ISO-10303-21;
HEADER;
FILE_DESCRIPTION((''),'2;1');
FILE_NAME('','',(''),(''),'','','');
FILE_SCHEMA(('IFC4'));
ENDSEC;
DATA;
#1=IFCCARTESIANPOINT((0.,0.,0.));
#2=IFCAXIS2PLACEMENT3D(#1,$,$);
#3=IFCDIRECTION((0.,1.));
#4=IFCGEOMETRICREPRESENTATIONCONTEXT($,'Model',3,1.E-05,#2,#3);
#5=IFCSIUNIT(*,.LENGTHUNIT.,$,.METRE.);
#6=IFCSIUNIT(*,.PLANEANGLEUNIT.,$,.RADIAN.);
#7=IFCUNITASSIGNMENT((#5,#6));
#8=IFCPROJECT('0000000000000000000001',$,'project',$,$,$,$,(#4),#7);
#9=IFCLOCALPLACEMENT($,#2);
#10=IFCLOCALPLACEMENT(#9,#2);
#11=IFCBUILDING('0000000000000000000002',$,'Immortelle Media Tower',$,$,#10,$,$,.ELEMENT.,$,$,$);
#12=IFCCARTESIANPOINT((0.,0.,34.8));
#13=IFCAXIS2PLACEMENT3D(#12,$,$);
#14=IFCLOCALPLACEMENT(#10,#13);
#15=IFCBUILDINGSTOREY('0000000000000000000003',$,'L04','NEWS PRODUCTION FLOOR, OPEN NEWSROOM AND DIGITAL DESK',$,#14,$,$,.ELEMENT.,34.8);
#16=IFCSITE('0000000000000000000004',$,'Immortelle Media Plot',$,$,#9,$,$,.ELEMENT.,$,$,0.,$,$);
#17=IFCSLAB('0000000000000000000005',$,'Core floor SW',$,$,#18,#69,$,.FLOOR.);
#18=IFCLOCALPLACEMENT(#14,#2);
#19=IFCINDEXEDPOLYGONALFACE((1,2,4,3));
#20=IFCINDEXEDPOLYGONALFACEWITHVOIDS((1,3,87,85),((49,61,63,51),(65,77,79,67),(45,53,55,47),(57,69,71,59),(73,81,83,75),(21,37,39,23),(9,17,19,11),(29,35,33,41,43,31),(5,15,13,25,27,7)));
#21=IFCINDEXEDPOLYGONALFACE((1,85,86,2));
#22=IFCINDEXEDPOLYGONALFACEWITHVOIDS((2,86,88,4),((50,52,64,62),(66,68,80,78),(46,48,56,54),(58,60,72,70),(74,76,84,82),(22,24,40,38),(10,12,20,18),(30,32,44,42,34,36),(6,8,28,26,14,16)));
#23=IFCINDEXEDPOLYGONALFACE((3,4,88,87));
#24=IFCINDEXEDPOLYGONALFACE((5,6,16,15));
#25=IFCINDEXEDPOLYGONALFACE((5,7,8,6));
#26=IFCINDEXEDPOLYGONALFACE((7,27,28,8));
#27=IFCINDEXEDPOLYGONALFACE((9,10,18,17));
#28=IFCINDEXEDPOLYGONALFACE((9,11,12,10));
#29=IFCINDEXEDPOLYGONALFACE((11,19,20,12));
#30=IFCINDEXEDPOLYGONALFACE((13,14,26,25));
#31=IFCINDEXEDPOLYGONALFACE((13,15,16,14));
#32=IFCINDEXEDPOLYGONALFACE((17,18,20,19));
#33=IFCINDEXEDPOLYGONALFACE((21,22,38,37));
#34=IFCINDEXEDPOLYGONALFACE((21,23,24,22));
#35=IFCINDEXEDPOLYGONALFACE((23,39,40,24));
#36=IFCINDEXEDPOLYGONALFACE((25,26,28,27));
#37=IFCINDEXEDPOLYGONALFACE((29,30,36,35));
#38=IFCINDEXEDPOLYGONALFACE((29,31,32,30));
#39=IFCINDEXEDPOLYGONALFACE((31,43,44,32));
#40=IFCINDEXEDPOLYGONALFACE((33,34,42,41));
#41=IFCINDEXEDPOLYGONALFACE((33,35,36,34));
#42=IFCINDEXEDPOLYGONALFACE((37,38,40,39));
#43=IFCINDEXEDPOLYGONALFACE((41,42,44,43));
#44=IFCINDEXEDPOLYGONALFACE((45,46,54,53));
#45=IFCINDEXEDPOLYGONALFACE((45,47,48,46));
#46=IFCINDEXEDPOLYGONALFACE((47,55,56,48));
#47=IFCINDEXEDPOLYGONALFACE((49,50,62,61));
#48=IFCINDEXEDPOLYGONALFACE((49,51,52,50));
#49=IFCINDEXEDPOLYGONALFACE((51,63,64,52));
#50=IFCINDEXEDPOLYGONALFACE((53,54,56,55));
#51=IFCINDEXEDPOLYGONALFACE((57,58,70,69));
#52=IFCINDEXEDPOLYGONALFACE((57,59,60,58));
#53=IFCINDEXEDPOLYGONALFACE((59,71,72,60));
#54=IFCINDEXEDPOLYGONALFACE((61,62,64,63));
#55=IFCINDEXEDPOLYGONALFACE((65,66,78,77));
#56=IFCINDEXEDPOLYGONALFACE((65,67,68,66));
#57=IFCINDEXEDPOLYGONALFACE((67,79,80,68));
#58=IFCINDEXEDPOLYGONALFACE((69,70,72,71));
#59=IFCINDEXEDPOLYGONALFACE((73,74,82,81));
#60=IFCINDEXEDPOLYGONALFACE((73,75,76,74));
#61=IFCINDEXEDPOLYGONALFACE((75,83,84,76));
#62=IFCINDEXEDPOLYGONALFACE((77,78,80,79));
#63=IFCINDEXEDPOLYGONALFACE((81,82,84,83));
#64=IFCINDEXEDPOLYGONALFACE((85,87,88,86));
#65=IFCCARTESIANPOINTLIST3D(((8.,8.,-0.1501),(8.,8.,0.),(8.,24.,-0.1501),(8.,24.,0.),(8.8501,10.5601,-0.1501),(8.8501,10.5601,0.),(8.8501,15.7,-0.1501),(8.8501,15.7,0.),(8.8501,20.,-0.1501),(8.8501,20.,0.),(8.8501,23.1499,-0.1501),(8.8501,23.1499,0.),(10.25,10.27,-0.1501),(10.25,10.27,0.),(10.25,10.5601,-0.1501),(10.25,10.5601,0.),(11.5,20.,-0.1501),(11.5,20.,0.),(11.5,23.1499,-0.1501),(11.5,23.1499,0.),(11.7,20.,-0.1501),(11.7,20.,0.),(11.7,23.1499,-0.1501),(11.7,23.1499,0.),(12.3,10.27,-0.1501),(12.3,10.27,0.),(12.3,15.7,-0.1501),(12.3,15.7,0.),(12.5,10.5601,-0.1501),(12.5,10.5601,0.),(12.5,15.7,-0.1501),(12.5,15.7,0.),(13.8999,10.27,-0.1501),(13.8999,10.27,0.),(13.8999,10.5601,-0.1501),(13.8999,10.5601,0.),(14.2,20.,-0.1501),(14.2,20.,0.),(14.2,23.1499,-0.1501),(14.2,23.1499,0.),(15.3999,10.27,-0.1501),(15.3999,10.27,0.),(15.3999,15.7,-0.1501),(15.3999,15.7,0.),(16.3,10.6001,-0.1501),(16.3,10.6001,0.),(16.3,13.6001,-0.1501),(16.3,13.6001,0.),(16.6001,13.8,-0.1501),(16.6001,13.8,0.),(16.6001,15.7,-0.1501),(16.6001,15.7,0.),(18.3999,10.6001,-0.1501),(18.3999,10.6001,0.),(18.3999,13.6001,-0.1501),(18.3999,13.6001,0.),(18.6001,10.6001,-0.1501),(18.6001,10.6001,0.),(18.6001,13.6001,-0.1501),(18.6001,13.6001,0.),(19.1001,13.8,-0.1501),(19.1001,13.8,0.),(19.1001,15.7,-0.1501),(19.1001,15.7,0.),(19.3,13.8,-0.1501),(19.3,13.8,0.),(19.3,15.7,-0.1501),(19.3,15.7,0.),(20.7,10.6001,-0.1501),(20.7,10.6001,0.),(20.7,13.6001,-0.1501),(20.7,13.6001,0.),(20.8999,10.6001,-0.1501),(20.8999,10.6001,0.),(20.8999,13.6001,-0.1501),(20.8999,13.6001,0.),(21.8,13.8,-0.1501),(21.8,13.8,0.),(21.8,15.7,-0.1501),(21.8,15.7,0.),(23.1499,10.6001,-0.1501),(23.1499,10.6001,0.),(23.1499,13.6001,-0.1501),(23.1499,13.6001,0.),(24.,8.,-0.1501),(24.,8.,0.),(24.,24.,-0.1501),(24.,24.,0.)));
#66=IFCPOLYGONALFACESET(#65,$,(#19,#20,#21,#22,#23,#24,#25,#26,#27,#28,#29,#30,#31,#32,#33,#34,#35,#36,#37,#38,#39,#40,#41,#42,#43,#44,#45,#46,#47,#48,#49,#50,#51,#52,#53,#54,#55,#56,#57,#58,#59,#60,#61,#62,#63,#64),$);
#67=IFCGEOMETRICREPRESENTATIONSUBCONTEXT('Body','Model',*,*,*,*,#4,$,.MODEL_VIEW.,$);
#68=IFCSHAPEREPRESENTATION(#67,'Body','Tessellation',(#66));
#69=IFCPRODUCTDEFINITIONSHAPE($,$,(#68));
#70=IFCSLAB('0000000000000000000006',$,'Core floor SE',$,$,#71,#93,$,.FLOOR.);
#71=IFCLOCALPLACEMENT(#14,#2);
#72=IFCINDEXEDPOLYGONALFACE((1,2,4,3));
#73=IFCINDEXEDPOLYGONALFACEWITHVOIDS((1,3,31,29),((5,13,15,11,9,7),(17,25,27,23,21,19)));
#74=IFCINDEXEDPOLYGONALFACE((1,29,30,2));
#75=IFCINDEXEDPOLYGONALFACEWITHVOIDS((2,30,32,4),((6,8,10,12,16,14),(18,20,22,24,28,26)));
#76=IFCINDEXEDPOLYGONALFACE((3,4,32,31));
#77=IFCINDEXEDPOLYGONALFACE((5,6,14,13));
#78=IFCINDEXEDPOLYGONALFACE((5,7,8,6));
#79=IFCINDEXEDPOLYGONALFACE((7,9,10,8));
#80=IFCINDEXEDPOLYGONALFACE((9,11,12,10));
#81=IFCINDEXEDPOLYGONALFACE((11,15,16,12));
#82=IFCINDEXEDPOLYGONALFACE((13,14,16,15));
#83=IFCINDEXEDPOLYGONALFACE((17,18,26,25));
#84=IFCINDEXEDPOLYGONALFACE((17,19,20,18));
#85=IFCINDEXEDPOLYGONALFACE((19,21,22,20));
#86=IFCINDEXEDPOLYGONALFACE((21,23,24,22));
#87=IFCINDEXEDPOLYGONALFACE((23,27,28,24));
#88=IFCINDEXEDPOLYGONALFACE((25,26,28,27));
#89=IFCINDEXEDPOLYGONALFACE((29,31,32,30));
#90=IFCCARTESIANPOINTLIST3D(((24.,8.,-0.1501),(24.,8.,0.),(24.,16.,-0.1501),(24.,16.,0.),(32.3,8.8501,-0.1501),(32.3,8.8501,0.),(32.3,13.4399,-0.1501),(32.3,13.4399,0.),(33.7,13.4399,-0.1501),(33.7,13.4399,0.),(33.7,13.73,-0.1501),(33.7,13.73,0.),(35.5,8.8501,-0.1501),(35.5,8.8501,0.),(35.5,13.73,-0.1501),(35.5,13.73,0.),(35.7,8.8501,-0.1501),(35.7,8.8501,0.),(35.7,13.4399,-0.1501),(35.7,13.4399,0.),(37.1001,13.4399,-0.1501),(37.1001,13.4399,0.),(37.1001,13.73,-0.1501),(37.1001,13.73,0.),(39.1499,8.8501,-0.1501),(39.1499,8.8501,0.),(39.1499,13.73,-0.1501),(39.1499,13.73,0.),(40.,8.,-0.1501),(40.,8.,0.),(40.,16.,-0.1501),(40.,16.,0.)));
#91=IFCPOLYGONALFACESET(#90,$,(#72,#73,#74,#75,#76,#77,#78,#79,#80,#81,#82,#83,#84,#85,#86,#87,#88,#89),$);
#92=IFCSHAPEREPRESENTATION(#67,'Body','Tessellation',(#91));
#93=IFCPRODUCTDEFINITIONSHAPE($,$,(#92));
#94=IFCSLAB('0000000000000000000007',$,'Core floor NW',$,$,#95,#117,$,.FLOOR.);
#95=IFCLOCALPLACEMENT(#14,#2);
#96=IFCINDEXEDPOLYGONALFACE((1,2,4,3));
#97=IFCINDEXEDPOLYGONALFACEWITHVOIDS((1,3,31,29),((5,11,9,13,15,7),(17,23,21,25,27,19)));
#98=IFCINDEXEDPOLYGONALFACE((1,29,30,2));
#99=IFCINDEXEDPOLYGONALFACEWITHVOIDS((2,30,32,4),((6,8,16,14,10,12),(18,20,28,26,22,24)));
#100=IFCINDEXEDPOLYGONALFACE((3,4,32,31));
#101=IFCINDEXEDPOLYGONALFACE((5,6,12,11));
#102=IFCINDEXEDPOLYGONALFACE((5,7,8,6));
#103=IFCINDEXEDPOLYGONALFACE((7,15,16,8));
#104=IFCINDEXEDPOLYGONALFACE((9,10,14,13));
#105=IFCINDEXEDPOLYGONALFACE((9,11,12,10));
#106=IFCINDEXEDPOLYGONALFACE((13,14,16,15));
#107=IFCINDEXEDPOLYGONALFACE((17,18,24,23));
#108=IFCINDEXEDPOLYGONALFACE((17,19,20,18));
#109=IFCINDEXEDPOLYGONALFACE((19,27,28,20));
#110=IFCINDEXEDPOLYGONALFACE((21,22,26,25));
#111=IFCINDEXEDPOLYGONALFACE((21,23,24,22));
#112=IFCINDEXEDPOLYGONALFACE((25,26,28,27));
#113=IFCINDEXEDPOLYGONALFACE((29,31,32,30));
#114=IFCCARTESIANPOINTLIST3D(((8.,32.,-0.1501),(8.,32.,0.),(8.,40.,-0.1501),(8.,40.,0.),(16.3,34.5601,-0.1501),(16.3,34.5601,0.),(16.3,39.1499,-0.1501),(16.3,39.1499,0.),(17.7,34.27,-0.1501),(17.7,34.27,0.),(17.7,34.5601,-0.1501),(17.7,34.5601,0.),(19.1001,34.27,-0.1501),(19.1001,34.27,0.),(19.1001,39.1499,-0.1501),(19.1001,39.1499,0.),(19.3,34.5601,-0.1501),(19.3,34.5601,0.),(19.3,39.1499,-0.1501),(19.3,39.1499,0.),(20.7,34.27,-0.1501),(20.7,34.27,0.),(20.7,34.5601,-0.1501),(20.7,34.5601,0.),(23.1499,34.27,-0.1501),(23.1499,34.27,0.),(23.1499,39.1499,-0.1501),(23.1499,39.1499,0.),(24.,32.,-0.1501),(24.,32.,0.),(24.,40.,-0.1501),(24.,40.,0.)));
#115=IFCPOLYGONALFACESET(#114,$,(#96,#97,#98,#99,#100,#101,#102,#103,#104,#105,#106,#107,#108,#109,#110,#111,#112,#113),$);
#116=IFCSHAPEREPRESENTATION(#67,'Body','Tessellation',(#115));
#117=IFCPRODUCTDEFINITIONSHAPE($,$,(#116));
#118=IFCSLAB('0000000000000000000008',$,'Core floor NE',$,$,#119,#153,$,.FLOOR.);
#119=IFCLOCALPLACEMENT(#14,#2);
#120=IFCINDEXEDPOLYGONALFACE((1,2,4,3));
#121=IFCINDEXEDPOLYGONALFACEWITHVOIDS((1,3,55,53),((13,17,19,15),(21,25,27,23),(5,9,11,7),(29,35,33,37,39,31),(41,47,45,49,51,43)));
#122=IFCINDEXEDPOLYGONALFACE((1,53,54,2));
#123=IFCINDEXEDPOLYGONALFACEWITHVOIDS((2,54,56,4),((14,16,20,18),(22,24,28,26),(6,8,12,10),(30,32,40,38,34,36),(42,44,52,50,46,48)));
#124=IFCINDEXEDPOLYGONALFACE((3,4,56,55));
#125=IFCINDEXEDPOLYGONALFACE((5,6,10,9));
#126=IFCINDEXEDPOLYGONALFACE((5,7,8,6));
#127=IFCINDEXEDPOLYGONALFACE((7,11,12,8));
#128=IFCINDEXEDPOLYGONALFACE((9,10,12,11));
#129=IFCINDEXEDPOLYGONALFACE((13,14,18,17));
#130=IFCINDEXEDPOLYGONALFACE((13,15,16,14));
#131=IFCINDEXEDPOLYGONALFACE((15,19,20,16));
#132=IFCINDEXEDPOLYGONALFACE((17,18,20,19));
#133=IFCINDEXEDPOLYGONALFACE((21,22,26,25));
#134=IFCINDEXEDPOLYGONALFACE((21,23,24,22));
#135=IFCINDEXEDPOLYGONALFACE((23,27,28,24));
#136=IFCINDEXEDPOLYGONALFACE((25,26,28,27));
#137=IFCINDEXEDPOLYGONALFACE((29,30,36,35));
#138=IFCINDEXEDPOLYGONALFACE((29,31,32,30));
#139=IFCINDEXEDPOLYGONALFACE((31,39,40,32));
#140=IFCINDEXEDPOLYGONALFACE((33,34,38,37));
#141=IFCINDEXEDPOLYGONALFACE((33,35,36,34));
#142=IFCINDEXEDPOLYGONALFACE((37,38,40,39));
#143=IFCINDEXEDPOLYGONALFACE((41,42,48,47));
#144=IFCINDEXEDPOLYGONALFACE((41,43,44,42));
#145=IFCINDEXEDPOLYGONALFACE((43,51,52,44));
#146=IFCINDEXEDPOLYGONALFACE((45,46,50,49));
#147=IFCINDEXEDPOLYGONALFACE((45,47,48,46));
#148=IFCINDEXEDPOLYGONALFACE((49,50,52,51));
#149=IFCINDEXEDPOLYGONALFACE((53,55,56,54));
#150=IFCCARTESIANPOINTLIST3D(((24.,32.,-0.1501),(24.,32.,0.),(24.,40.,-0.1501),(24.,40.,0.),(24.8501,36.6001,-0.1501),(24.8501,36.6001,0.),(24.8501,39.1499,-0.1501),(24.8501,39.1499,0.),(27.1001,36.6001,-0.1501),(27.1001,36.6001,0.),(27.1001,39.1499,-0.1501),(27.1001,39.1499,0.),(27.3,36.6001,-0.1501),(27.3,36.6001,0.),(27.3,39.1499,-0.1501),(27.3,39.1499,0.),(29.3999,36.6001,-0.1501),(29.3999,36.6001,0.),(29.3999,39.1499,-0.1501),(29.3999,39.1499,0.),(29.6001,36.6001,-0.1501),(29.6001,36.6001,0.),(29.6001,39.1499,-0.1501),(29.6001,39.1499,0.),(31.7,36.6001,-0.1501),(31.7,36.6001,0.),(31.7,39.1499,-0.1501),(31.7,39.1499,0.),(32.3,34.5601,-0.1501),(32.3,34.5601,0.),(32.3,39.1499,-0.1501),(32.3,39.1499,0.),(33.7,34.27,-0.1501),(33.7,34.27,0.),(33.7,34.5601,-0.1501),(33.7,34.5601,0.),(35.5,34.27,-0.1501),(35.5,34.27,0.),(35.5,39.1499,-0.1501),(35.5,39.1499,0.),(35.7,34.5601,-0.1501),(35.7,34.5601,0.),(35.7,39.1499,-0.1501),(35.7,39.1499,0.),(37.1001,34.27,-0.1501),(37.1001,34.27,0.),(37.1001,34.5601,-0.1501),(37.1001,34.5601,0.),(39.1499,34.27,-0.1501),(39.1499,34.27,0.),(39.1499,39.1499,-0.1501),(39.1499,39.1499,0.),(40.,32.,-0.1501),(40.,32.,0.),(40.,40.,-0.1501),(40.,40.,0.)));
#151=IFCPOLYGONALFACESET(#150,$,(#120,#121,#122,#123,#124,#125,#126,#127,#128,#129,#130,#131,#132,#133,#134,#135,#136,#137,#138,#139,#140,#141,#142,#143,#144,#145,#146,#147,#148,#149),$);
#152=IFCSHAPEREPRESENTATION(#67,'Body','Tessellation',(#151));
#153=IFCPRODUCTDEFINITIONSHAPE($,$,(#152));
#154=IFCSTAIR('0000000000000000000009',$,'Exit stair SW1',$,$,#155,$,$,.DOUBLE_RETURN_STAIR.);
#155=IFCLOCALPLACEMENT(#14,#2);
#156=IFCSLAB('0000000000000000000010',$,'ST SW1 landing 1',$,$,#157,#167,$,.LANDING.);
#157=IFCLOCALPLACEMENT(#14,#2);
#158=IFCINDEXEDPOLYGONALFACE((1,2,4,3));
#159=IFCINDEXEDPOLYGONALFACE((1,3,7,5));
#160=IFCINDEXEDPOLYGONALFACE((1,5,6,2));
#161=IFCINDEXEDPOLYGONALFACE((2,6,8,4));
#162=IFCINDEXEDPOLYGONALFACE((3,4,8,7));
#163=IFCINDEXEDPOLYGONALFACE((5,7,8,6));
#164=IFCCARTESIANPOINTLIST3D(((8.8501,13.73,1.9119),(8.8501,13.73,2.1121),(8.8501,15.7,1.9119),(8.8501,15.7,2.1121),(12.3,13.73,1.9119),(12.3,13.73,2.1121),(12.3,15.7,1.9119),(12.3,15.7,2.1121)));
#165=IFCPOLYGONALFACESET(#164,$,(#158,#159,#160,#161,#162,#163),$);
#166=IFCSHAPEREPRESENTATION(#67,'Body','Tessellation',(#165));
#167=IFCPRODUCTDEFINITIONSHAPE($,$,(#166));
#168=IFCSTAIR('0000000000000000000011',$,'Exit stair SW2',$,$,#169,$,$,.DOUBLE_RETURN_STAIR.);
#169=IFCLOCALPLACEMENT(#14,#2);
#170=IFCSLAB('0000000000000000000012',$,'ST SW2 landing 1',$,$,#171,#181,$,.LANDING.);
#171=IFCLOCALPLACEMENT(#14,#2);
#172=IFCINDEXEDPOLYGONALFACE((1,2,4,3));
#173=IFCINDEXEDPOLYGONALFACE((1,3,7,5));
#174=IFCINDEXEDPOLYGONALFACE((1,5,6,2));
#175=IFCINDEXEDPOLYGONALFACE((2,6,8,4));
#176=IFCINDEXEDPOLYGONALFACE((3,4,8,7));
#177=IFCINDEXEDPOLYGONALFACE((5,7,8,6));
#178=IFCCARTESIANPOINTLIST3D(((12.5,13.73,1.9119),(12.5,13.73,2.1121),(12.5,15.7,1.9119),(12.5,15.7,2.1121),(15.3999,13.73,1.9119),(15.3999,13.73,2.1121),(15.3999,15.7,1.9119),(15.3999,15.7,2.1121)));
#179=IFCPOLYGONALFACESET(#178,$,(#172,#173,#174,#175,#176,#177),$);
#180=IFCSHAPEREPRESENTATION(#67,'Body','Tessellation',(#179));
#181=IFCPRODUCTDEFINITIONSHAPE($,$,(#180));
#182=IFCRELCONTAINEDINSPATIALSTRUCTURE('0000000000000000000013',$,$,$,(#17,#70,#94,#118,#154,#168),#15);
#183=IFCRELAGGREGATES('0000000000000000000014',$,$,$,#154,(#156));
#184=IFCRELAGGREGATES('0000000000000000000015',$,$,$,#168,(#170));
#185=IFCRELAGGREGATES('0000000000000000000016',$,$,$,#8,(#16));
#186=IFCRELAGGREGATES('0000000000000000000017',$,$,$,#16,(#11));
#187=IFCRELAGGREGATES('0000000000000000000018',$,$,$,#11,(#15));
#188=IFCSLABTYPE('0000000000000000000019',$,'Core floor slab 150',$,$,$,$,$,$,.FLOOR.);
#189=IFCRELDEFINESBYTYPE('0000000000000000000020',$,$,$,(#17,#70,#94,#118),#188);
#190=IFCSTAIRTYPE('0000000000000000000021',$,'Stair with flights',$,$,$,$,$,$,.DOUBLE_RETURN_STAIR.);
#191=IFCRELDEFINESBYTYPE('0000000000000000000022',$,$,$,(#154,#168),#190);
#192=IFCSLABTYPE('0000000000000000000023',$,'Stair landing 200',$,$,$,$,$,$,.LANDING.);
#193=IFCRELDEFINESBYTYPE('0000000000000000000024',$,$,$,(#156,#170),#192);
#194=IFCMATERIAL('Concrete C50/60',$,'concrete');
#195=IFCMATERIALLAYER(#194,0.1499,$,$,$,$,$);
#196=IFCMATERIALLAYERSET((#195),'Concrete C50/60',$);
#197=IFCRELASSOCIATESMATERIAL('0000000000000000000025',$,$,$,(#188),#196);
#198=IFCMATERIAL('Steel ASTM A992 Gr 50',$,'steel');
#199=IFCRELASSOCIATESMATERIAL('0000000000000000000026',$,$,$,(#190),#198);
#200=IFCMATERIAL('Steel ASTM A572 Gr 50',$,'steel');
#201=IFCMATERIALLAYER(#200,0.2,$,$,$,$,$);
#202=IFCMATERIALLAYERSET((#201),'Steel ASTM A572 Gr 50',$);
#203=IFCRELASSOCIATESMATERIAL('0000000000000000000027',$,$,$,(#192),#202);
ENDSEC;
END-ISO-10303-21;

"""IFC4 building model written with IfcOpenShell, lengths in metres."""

from ifc_helpers import new_model, si_unit, direction, frame, origin, place, context, subcontext, project, spatial, polyline, outline, extrude, material, layer, layer_set, type_object, element, aggregate, save


model = new_model("IFC4")

# Units and contexts
model_context = context("Model", 3, precision=1e-05, world=origin(), true_north=direction((0.0, 1.0)))
body_context = subcontext(model_context, "Body", "Model", "MODEL_VIEW")
ifc_project = project(units=[si_unit("LENGTHUNIT", "METRE"), si_unit("PLANEANGLEUNIT", "RADIAN")], contexts=[model_context])

# Site, building, storey
site_placement = place(None, origin())
site = spatial("IfcSite", under=ifc_project, at=site_placement, Name="Immortelle Media Plot", CompositionType="ELEMENT", RefElevation=0.0)
building_placement = place(site_placement, origin())
building = spatial("IfcBuilding", under=site, at=building_placement, Name="Immortelle Media Tower", CompositionType="ELEMENT")
storey_placement = place(building_placement, frame((0.0, 0.0, 34.8)))
storey = spatial("IfcBuildingStorey", under=building, at=storey_placement, Name="L04", Description="NEWS PRODUCTION FLOOR, OPEN NEWSROOM AND DIGITAL DESK", CompositionType="ELEMENT", Elevation=34.8)

# Slabs
ifc_material_1 = material(Name="Concrete C50/60", Category="concrete")
ifc_layer_1 = layer(ifc_material_1, 0.1499)
ifc_layer_set_1 = layer_set([ifc_layer_1], Name="Concrete C50/60")
slab_type_1 = type_object("IfcSlabType", Name="Core floor slab 150", PredefinedType="FLOOR", material=ifc_layer_set_1)
slab_1_placement = place(storey_placement, frame((0.0, 0.0, -0.1501)))
element("IfcSlab", 1, at=slab_1_placement, inside=storey, type_object=slab_type_1, Name="Core floor SW", PredefinedType="FLOOR", context=body_context, shape_type="SweptSolid", body=[
    extrude(outline(polyline([(8.0, 8.0), (24.0, 8.0), (24.0, 24.0), (8.0, 24.0), (8.0, 8.0)]), holes=[polyline([(8.8501, 20.0), (11.5, 20.0), (11.5, 23.1499), (8.8501, 23.1499), (8.8501, 20.0)]), polyline([(11.7, 20.0), (14.2, 20.0), (14.2, 23.1499), (11.7, 23.1499), (11.7, 20.0)]), polyline([(16.6001, 13.8), (19.1001, 13.8), (19.1001, 15.7), (16.6001, 15.7), (16.6001, 13.8)]), polyline([(19.3, 13.8), (21.8, 13.8), (21.8, 15.7), (19.3, 15.7), (19.3, 13.8)]), polyline([(16.3, 10.6001), (18.3999, 10.6001), (18.3999, 13.6001), (16.3, 13.6001), (16.3, 10.6001)]), polyline([(18.6001, 10.6001), (20.7, 10.6001), (20.7, 13.6001), (18.6001, 13.6001), (18.6001, 10.6001)]), polyline([(20.8999, 10.6001), (23.1499, 10.6001), (23.1499, 13.6001), (20.8999, 13.6001), (20.8999, 10.6001)]), polyline([(8.8501, 15.7), (12.3, 15.7), (12.3, 10.27), (10.25, 10.27), (10.25, 10.5601), (8.8501, 10.5601), (8.8501, 15.7)]), polyline([(12.5, 15.7), (15.3999, 15.7), (15.3999, 10.27), (13.8999, 10.27), (13.8999, 10.5601), (12.5, 10.5601), (12.5, 15.7)])]), origin(), (0.0, 0.0, 1.0), 0.1501),
])
slab_2_placement = place(storey_placement, frame((0.0, 0.0, -0.1501)))
element("IfcSlab", 2, at=slab_2_placement, inside=storey, type_object=slab_type_1, Name="Core floor SE", PredefinedType="FLOOR", context=body_context, shape_type="SweptSolid", body=[
    extrude(outline(polyline([(24.0, 8.0), (40.0, 8.0), (40.0, 16.0), (24.0, 16.0), (24.0, 8.0)]), holes=[polyline([(35.5, 13.73), (35.5, 8.8501), (32.3, 8.8501), (32.3, 13.4399), (33.7, 13.4399), (33.7, 13.73), (35.5, 13.73)]), polyline([(39.1499, 13.73), (39.1499, 8.8501), (35.7, 8.8501), (35.7, 13.4399), (37.1001, 13.4399), (37.1001, 13.73), (39.1499, 13.73)])]), origin(), (0.0, 0.0, 1.0), 0.1501),
])
slab_3_placement = place(storey_placement, frame((0.0, 0.0, -0.1501)))
element("IfcSlab", 3, at=slab_3_placement, inside=storey, type_object=slab_type_1, Name="Core floor NW", PredefinedType="FLOOR", context=body_context, shape_type="SweptSolid", body=[
    extrude(outline(polyline([(8.0, 32.0), (24.0, 32.0), (24.0, 40.0), (8.0, 40.0), (8.0, 32.0)]), holes=[polyline([(16.3, 39.1499), (19.1001, 39.1499), (19.1001, 34.27), (17.7, 34.27), (17.7, 34.5601), (16.3, 34.5601), (16.3, 39.1499)]), polyline([(19.3, 39.1499), (23.1499, 39.1499), (23.1499, 34.27), (20.7, 34.27), (20.7, 34.5601), (19.3, 34.5601), (19.3, 39.1499)])]), origin(), (0.0, 0.0, 1.0), 0.1501),
])
slab_4_placement = place(storey_placement, frame((0.0, 0.0, -0.1501)))
element("IfcSlab", 4, at=slab_4_placement, inside=storey, type_object=slab_type_1, Name="Core floor NE", PredefinedType="FLOOR", context=body_context, shape_type="SweptSolid", body=[
    extrude(outline(polyline([(24.0, 32.0), (40.0, 32.0), (40.0, 40.0), (24.0, 40.0), (24.0, 32.0)]), holes=[polyline([(24.8501, 36.6001), (27.1001, 36.6001), (27.1001, 39.1499), (24.8501, 39.1499), (24.8501, 36.6001)]), polyline([(27.3, 36.6001), (29.3999, 36.6001), (29.3999, 39.1499), (27.3, 39.1499), (27.3, 36.6001)]), polyline([(29.6001, 36.6001), (31.7, 36.6001), (31.7, 39.1499), (29.6001, 39.1499), (29.6001, 36.6001)]), polyline([(32.3, 39.1499), (35.5, 39.1499), (35.5, 34.27), (33.7, 34.27), (33.7, 34.5601), (32.3, 34.5601), (32.3, 39.1499)]), polyline([(35.7, 39.1499), (39.1499, 39.1499), (39.1499, 34.27), (37.1001, 34.27), (37.1001, 34.5601), (35.7, 34.5601), (35.7, 39.1499)])]), origin(), (0.0, 0.0, 1.0), 0.1501),
])

# Stairs, slabs
ifc_material_2 = material(Name="Steel ASTM A992 Gr 50", Category="steel")
stair_type = type_object("IfcStairType", Name="Stair with flights", PredefinedType="DOUBLE_RETURN_STAIR", material=ifc_material_2)
stair_1_placement = place(storey_placement, origin())
stair_1 = element("IfcStair", 5, at=stair_1_placement, inside=storey, type_object=stair_type, Name="Exit stair SW1", PredefinedType="DOUBLE_RETURN_STAIR")
ifc_material_3 = material(Name="Steel ASTM A572 Gr 50", Category="steel")
ifc_layer_2 = layer(ifc_material_3, 0.2)
ifc_layer_set_2 = layer_set([ifc_layer_2], Name="Steel ASTM A572 Gr 50")
slab_type_2 = type_object("IfcSlabType", Name="Stair landing 200", PredefinedType="LANDING", material=ifc_layer_set_2)
slab_5_placement = place(storey_placement, frame((0.0, 0.0, 1.9119)))
slab_5 = element("IfcSlab", 6, at=slab_5_placement, type_object=slab_type_2, Name="ST SW1 landing 1", PredefinedType="LANDING", context=body_context, shape_type="SweptSolid", body=[
    extrude(outline(polyline([(8.8501, 13.73), (12.3, 13.73), (12.3, 15.7), (8.8501, 15.7), (8.8501, 13.73)])), origin(), (0.0, 0.0, 1.0), 0.2002),
])
aggregate(stair_1, [slab_5])
stair_2_placement = place(storey_placement, origin())
stair_2 = element("IfcStair", 7, at=stair_2_placement, inside=storey, type_object=stair_type, Name="Exit stair SW2", PredefinedType="DOUBLE_RETURN_STAIR")
slab_6_placement = place(storey_placement, frame((0.0, 0.0, 1.9119)))
slab_6 = element("IfcSlab", 8, at=slab_6_placement, type_object=slab_type_2, Name="ST SW2 landing 1", PredefinedType="LANDING", context=body_context, shape_type="SweptSolid", body=[
    extrude(outline(polyline([(12.5, 13.73), (15.3999, 13.73), (15.3999, 15.7), (12.5, 15.7), (12.5, 13.73)])), origin(), (0.0, 0.0, 1.0), 0.2002),
])
aggregate(stair_2, [slab_6])

save(model, "model.ifc")
